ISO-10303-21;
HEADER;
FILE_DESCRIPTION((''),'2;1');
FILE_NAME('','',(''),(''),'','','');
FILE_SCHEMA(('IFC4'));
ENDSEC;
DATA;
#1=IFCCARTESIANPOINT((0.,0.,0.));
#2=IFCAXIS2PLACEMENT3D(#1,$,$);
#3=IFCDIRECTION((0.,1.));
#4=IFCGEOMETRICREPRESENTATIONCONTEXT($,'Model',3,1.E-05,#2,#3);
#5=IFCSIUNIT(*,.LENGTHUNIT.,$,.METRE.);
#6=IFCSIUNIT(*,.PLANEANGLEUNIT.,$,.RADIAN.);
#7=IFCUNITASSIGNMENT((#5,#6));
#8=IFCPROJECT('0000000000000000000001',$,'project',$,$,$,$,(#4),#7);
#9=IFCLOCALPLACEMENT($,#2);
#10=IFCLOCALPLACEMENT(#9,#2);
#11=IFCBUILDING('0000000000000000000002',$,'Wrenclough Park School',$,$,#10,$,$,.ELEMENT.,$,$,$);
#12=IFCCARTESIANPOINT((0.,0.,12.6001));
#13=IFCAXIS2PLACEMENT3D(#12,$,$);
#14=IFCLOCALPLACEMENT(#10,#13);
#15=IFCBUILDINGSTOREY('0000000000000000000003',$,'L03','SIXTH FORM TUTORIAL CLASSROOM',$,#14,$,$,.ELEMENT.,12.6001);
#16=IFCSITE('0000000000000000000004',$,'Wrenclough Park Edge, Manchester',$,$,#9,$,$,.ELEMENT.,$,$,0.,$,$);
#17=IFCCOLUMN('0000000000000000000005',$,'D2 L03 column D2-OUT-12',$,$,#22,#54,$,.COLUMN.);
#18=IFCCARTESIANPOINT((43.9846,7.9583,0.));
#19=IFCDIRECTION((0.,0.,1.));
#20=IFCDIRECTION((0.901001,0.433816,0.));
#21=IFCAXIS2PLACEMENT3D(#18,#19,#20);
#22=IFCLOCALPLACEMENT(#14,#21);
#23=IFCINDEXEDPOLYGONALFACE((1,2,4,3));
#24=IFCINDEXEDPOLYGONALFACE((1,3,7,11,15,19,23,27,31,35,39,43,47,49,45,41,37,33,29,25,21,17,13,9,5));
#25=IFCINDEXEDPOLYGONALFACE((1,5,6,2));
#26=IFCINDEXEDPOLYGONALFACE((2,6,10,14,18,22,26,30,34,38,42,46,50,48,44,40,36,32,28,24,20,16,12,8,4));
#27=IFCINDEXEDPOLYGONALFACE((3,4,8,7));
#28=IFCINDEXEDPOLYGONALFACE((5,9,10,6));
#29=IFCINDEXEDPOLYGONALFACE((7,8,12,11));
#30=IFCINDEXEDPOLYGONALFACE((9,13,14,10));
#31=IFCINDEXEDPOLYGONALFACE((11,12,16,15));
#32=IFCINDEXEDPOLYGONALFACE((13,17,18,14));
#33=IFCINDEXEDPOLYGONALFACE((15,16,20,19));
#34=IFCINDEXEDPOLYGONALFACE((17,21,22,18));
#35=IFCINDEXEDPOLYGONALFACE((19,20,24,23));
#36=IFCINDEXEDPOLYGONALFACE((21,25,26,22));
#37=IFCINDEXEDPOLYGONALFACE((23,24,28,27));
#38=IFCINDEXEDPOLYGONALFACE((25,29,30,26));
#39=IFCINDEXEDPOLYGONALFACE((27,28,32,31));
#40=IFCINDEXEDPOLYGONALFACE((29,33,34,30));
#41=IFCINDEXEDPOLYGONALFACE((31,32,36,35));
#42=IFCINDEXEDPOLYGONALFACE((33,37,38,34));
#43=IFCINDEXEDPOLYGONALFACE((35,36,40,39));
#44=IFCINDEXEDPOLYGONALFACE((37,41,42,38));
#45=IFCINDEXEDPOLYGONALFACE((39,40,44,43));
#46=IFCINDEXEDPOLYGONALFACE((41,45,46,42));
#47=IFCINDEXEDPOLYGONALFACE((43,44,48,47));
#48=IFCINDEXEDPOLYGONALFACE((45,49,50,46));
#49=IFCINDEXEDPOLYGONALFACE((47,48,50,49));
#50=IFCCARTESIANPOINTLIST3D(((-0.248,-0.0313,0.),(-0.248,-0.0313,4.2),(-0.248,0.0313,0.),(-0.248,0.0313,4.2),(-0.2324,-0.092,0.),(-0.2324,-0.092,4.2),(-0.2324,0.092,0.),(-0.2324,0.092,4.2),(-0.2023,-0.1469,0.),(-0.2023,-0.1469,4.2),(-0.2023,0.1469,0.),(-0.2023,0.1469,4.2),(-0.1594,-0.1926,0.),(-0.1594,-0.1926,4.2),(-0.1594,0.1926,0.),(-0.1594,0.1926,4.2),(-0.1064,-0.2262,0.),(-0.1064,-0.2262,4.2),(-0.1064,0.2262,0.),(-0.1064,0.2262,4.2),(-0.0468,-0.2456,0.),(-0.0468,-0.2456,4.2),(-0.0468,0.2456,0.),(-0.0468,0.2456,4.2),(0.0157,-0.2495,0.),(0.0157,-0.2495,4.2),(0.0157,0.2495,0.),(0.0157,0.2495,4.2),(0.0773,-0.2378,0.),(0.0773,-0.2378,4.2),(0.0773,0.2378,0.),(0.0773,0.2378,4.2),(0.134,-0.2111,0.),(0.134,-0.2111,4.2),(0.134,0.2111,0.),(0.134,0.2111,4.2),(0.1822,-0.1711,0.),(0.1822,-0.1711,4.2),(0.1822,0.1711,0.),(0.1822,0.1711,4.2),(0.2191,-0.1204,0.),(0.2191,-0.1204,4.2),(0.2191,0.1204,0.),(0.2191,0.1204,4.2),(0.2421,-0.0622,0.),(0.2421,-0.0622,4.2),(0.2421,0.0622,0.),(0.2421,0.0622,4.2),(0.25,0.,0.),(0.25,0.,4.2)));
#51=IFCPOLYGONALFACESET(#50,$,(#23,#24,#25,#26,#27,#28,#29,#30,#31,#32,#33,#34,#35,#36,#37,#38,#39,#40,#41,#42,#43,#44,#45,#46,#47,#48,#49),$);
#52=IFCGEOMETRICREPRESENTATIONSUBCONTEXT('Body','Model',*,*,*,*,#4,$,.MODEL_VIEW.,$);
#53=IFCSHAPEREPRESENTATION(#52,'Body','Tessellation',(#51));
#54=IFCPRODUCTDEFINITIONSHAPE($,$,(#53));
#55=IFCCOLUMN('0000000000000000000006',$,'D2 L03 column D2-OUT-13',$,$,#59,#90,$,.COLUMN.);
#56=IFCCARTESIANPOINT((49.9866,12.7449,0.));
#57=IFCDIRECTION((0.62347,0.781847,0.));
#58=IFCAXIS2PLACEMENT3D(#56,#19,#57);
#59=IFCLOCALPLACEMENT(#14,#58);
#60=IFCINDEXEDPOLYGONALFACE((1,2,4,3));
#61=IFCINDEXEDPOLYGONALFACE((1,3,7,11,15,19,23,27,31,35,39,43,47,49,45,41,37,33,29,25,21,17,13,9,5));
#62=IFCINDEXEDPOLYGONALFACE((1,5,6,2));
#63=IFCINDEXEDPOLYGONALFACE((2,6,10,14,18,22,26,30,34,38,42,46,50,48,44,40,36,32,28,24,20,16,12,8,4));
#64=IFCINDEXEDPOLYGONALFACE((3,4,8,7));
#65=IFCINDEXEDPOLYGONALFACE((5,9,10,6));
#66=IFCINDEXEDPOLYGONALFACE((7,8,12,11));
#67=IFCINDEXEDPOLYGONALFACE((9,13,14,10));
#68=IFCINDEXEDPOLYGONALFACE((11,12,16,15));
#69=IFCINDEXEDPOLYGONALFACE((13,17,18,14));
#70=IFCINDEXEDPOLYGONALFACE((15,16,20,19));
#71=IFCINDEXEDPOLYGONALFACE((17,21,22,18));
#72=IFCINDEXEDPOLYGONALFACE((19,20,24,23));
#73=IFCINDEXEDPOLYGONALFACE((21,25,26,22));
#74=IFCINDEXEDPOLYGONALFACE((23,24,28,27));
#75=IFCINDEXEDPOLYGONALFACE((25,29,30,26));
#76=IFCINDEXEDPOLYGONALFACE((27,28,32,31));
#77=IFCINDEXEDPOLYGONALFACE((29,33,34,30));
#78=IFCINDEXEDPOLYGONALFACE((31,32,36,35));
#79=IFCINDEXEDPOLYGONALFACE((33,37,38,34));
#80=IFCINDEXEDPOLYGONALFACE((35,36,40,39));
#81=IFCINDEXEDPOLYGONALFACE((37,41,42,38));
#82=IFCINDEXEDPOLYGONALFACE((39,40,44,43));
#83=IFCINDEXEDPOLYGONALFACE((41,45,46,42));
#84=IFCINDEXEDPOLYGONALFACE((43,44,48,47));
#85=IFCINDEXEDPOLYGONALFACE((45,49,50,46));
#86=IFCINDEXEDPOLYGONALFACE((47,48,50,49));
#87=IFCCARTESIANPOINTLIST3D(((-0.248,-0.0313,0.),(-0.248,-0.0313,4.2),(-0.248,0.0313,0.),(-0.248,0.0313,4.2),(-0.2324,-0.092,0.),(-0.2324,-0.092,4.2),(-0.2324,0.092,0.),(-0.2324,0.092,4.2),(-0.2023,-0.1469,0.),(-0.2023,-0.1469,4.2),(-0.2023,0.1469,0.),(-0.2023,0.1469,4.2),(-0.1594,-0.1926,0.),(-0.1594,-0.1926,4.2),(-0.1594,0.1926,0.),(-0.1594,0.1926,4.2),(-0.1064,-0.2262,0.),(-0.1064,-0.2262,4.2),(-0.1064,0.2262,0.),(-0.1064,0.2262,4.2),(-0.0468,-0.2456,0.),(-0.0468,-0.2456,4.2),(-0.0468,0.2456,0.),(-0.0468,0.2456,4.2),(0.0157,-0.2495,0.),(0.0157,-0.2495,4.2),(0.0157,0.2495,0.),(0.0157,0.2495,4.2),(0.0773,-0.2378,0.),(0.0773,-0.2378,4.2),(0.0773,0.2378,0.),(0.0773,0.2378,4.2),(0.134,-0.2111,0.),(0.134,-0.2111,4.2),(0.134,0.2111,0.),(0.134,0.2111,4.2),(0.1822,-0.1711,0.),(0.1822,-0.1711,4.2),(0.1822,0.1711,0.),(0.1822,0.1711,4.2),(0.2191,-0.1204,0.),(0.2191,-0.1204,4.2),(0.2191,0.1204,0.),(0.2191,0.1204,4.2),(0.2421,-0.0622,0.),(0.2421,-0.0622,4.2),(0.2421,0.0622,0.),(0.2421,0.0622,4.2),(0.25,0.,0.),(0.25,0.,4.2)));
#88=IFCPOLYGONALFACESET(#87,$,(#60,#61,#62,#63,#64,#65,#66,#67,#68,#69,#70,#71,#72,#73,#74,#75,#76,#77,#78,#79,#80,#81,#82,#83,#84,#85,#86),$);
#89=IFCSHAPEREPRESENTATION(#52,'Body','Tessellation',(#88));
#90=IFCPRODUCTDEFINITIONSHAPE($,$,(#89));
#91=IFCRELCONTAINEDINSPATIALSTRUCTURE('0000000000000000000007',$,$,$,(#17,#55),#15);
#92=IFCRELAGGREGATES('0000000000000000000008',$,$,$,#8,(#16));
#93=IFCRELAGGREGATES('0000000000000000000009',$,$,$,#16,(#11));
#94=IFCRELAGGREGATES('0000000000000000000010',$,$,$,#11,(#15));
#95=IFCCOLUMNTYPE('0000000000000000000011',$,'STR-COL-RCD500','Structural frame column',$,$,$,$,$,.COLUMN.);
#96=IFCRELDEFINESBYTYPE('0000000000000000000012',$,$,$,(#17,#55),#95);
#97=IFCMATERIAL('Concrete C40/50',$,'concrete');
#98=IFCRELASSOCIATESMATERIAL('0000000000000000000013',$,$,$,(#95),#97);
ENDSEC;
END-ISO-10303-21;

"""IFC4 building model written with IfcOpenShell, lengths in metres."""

from ifc_helpers import new_model, si_unit, direction, frame, origin, origin_2d, place, context, subcontext, project, spatial, circle, extrude, material, material_profile, profile_set, type_object, element, save


model = new_model("IFC4")

# Units and contexts
model_context = context("Model", 3, precision=1e-05, world=origin(), true_north=direction((0.0, 1.0)))
body_context = subcontext(model_context, "Body", "Model", "MODEL_VIEW")
ifc_project = project(units=[si_unit("LENGTHUNIT", "METRE"), si_unit("PLANEANGLEUNIT", "RADIAN")], contexts=[model_context])

# Site, building, storey
site_placement = place(None, origin())
site = spatial("IfcSite", under=ifc_project, at=site_placement, Name="Wrenclough Park Edge, Manchester", CompositionType="ELEMENT", RefElevation=0.0)
building_placement = place(site_placement, origin())
building = spatial("IfcBuilding", under=site, at=building_placement, Name="Wrenclough Park School", CompositionType="ELEMENT")
storey_placement = place(building_placement, frame((0.0, 0.0, 12.6001)))
storey = spatial("IfcBuildingStorey", under=building, at=storey_placement, Name="L03", Description="SIXTH FORM TUTORIAL CLASSROOM", CompositionType="ELEMENT", Elevation=12.6001)

# Columns
ifc_material_1 = material(Name="Concrete C40/50", Category="concrete")
ifc_material_profile_1 = material_profile(ifc_material_1, circle(Radius=0.25, at=origin_2d()), Name="RC COL D500")
ifc_profile_set_1 = profile_set([ifc_material_profile_1], Name="Concrete C40/50")
column_type = type_object("IfcColumnType", Name="STR-COL-RCD500", Description="Structural frame column", PredefinedType="COLUMN", material=ifc_profile_set_1)
for number, where, z_axis, x_axis, name in (
    (1, (43.9846, 7.9583, 0.0), (0.0, 0.0, 1.0), (0.901001, 0.433816, 0.0), "D2 L03 column D2-OUT-12"),
    (2, (49.9866, 12.7449, 0.0), (0.0, 0.0, 1.0), (0.62347, 0.781847, 0.0), "D2 L03 column D2-OUT-13"),
):
    element("IfcColumn", number, at=place(storey_placement, frame(where, z_axis=z_axis, x_axis=x_axis)), inside=storey, type_object=column_type, Name=name, PredefinedType="COLUMN", context=body_context, shape_type="SweptSolid", body=[
        extrude(circle(Radius=0.25, at=origin_2d()), origin(), (0.0, 0.0, 1.0), 4.2),
    ])

save(model, "model.ifc")
